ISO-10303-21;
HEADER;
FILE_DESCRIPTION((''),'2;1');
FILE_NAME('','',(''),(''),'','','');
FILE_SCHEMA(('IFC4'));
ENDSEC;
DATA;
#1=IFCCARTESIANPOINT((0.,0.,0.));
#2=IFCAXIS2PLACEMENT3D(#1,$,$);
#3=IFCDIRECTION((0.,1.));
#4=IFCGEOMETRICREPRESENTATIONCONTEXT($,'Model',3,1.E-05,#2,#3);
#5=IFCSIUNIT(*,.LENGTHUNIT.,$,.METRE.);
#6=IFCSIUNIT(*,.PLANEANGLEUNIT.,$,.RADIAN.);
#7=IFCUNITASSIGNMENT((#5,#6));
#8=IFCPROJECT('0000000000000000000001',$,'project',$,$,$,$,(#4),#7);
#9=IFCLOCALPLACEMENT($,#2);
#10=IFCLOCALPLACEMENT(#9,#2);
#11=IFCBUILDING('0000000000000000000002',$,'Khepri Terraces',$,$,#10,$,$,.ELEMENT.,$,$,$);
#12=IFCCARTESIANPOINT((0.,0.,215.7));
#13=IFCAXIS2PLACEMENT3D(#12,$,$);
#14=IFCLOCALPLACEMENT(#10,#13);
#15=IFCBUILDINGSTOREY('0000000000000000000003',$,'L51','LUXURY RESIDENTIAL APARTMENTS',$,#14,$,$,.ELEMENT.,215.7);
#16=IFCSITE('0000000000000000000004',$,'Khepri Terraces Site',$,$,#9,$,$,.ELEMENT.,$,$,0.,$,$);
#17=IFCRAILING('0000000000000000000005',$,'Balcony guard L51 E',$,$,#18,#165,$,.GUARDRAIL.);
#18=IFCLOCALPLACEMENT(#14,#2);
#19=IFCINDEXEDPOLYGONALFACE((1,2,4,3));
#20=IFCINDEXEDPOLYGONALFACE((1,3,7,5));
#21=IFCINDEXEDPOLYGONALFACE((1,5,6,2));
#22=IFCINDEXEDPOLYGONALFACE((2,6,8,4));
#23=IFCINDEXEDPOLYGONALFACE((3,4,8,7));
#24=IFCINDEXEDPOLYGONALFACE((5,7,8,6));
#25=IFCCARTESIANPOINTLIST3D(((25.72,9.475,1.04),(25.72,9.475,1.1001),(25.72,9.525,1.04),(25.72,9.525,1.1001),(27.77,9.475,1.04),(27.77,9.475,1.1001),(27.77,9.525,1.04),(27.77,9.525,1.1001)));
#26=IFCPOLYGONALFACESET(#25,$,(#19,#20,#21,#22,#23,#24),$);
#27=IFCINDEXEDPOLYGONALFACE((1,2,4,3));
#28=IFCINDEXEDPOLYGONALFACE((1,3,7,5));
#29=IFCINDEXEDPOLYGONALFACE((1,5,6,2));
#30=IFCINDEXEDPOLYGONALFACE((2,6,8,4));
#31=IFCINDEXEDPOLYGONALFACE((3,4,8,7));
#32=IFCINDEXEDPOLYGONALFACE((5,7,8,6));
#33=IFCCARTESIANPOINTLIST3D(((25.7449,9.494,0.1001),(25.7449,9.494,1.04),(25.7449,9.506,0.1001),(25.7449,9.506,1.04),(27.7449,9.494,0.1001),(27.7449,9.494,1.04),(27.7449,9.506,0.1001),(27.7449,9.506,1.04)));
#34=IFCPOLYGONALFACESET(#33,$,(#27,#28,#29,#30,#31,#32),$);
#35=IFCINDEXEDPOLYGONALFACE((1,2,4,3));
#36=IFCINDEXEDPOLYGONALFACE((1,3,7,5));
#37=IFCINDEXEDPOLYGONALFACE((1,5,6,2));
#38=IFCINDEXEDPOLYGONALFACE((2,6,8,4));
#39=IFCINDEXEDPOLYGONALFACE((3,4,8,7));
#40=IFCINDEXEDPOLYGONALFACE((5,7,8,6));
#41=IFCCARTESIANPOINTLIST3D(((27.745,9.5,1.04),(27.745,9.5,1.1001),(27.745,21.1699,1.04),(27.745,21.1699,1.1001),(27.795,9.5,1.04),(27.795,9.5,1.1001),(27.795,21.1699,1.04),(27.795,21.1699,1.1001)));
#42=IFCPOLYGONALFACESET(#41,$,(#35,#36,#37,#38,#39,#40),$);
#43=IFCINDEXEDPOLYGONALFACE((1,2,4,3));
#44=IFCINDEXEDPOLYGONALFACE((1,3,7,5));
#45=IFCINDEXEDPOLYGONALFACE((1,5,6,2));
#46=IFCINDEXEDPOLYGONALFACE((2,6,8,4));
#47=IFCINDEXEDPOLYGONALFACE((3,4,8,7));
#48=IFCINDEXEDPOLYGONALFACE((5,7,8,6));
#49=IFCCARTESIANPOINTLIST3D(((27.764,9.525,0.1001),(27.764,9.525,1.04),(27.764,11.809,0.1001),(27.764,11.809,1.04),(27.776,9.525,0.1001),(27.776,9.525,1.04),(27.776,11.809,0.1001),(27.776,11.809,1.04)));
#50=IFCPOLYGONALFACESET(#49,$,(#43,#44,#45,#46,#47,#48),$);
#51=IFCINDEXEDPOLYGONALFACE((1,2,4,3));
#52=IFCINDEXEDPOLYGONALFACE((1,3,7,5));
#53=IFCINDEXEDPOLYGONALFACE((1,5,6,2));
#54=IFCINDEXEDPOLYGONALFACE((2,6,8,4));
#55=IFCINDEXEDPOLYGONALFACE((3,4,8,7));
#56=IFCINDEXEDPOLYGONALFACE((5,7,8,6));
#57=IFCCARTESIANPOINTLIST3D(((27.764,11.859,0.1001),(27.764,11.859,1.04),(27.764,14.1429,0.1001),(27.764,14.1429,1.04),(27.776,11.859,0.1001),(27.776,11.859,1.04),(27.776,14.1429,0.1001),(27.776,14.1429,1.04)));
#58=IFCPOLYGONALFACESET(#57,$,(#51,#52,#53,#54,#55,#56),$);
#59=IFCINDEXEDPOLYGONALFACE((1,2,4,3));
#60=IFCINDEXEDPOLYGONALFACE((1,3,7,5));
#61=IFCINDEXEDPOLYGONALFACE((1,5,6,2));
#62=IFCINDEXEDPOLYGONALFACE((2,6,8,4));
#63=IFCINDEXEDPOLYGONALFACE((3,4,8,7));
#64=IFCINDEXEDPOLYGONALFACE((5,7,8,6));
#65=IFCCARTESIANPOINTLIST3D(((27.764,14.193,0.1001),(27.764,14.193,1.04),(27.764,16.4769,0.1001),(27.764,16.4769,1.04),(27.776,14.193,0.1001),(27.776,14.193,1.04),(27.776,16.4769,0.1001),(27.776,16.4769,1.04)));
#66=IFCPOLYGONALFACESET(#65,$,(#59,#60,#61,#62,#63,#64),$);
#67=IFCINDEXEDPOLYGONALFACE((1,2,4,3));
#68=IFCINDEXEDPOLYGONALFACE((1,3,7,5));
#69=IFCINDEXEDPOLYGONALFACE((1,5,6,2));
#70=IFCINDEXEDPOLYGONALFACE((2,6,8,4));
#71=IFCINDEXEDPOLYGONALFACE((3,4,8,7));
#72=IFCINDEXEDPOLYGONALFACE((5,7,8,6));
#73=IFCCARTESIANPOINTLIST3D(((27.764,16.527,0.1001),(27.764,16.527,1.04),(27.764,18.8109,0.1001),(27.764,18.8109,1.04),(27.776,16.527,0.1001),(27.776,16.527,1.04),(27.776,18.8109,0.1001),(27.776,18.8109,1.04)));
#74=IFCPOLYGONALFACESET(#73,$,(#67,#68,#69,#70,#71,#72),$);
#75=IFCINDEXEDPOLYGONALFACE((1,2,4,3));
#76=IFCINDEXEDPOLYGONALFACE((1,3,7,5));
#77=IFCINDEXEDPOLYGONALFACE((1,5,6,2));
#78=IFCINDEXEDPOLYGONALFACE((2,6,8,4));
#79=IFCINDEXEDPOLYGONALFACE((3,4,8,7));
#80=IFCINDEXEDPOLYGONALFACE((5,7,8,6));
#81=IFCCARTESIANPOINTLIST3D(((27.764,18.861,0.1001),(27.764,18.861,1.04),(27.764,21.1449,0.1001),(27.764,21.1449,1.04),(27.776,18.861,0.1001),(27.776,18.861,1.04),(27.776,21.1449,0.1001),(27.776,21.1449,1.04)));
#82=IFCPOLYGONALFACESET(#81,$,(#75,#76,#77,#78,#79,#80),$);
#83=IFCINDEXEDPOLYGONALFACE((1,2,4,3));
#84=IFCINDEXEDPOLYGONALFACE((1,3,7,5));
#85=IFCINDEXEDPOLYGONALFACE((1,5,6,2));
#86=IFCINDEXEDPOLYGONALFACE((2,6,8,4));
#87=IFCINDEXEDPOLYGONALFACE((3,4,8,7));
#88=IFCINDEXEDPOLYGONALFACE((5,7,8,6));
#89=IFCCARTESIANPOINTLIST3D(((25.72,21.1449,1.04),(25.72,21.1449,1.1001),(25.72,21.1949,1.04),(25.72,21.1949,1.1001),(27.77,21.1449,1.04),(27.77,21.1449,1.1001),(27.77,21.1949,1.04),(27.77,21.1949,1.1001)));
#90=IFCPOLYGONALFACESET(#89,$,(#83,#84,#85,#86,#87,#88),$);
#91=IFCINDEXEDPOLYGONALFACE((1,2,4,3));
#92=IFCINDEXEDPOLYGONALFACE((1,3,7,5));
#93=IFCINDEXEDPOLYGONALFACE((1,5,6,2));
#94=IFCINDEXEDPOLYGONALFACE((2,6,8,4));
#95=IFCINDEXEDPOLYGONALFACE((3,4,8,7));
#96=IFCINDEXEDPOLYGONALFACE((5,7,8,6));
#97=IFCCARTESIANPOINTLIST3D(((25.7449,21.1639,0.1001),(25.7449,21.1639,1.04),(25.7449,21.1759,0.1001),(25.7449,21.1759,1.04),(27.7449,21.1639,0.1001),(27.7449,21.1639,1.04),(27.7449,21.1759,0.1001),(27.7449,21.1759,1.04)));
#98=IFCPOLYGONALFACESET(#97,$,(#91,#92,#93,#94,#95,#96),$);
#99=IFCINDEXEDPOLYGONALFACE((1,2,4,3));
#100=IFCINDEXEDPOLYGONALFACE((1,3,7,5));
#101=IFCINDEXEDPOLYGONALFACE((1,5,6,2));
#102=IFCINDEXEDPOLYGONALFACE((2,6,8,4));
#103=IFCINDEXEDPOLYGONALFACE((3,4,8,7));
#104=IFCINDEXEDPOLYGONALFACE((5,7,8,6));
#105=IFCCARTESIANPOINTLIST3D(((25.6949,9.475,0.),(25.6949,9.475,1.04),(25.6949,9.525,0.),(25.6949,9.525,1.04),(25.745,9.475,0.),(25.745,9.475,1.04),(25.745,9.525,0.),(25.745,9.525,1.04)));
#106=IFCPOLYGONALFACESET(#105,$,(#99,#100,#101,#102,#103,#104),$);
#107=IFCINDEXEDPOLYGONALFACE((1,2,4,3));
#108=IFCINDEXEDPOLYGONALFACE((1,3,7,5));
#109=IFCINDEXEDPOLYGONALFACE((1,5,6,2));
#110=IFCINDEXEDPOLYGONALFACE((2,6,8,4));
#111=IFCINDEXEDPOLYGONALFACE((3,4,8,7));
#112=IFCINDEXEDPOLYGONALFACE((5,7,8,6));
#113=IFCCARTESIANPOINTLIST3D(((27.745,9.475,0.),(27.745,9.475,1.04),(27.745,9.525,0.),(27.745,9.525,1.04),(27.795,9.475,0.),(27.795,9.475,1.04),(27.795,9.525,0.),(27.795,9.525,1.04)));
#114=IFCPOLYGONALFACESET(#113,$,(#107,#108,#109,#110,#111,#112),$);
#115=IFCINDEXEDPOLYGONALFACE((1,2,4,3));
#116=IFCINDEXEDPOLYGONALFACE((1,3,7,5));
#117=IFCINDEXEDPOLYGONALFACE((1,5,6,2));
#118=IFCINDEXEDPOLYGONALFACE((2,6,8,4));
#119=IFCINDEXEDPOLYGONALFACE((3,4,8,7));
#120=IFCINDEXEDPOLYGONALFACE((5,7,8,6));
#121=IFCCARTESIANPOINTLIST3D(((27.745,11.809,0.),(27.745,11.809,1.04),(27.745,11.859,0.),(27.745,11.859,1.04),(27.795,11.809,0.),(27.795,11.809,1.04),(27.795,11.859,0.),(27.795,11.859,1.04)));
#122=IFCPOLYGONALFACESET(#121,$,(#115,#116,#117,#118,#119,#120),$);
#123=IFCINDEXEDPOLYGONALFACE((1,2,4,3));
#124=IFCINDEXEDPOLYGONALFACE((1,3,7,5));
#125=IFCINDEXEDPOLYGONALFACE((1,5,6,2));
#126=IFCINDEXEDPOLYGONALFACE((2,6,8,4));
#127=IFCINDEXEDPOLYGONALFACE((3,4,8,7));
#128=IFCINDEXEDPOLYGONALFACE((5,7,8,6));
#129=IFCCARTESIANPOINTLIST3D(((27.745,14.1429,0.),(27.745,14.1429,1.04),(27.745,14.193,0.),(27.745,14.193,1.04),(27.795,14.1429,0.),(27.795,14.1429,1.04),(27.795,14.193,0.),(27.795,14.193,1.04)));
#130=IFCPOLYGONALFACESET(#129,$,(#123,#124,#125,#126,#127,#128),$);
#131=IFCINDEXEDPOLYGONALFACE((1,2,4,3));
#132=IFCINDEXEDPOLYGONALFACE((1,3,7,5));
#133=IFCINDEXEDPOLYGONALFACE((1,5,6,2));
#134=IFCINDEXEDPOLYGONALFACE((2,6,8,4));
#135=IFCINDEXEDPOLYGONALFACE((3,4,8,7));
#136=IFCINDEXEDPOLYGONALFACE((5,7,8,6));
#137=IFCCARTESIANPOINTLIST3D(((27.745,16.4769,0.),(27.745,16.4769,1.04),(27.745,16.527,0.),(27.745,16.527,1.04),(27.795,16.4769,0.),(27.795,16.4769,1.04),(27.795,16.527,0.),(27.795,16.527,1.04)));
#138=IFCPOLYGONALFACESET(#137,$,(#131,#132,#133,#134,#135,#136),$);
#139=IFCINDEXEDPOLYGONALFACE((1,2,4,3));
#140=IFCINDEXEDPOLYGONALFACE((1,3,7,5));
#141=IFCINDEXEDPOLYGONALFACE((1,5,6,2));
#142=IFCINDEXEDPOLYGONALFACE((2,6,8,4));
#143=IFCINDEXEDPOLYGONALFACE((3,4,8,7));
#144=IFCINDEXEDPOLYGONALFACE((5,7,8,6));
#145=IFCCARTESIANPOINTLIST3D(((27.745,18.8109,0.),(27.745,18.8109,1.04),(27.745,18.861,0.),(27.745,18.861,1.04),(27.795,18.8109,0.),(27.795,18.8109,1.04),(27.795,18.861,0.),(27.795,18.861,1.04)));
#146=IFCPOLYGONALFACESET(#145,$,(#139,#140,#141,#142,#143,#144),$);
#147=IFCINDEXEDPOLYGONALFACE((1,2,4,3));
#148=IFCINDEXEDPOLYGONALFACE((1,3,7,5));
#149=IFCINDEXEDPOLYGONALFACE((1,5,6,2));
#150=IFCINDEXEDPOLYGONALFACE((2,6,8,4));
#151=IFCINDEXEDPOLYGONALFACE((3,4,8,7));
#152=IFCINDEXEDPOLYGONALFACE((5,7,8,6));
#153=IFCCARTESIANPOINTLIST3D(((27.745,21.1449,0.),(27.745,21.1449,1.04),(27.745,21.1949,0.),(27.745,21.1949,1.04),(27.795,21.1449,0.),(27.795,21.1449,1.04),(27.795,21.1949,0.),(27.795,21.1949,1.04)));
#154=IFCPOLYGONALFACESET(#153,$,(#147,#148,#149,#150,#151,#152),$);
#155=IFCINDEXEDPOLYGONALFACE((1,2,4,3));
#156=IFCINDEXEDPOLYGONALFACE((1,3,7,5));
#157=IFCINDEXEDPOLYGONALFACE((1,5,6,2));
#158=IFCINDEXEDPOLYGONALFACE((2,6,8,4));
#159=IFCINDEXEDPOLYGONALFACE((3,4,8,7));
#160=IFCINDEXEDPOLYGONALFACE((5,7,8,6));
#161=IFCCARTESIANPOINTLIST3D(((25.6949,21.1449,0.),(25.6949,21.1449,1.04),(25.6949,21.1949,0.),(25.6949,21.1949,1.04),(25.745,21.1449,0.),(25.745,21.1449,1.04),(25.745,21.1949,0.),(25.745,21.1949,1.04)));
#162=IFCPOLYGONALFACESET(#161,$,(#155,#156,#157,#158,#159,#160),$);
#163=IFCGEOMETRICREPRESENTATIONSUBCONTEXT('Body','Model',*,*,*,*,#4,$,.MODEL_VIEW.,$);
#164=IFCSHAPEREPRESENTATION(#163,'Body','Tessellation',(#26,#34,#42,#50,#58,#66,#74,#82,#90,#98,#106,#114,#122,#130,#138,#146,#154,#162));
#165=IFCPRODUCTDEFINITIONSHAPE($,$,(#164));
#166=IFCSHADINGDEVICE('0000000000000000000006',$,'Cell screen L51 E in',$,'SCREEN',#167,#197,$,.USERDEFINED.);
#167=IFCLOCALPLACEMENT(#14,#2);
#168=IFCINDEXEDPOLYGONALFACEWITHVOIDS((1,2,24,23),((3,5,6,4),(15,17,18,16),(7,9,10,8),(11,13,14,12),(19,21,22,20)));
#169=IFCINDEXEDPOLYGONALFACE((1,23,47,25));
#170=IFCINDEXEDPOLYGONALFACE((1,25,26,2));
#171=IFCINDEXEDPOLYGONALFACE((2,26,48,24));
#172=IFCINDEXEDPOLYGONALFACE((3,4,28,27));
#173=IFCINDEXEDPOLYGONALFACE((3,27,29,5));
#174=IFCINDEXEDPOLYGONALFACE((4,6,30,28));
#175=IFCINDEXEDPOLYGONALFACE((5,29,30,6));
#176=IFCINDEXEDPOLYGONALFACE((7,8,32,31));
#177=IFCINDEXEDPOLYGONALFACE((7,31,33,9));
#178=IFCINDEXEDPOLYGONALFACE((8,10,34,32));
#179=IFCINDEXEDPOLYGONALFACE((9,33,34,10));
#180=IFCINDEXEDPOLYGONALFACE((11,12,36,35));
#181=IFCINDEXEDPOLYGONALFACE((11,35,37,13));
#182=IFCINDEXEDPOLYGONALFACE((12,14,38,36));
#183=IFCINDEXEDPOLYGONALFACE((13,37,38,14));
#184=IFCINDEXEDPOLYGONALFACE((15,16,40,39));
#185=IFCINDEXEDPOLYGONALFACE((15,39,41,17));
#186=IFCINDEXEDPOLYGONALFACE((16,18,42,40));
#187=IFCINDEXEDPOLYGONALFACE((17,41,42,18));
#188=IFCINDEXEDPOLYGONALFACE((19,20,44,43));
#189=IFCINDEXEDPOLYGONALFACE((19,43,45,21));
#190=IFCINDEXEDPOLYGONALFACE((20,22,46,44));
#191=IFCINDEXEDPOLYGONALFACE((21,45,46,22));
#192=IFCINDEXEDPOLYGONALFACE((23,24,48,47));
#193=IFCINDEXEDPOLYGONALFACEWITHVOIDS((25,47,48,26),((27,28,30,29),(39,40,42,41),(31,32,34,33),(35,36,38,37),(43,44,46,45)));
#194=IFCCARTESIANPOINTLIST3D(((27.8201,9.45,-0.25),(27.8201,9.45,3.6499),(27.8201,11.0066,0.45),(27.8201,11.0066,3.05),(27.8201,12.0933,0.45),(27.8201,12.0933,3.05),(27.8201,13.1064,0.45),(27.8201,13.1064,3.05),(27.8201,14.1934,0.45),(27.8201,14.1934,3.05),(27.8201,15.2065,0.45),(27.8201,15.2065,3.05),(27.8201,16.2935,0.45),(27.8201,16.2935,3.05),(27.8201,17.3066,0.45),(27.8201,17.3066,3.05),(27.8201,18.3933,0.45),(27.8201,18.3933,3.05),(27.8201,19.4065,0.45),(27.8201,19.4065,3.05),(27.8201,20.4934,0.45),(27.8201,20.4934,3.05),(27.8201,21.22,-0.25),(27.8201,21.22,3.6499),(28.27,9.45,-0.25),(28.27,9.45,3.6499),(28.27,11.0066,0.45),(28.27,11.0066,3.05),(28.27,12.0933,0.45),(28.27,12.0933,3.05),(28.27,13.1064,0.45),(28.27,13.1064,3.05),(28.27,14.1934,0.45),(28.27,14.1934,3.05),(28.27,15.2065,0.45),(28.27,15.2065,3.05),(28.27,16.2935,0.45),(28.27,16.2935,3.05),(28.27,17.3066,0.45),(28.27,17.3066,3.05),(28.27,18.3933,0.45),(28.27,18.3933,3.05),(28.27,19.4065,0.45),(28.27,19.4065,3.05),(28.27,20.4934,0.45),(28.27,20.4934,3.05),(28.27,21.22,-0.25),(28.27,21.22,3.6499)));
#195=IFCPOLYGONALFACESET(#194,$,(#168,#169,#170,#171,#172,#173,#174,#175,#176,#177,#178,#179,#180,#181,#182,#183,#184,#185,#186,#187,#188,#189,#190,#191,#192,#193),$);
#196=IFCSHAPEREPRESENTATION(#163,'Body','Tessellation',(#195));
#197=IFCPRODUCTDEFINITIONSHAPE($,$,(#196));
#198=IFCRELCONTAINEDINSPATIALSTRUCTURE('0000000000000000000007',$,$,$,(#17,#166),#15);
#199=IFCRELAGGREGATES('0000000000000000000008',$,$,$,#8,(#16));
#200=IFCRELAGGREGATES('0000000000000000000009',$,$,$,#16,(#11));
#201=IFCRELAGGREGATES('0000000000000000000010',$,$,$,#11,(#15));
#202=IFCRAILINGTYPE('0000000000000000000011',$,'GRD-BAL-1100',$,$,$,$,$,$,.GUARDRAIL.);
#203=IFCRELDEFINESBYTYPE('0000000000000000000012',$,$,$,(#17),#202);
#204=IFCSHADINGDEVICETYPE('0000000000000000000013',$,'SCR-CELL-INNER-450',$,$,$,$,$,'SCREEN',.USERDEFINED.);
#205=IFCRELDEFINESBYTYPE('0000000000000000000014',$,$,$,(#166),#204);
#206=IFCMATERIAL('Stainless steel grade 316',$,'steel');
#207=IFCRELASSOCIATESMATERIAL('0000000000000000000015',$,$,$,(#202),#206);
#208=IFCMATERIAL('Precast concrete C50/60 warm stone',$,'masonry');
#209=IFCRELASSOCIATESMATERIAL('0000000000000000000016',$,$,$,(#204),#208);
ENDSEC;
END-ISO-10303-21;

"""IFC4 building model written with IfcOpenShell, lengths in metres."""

from ifc_helpers import new_model, si_unit, direction, frame, origin, origin_2d, place, context, subcontext, project, spatial, polyline, rectangle, outline, extrude, material, type_object, element, save


model = new_model("IFC4")

# Units and contexts
model_context = context("Model", 3, precision=1e-05, world=origin(), true_north=direction((0.0, 1.0)))
body_context = subcontext(model_context, "Body", "Model", "MODEL_VIEW")
ifc_project = project(units=[si_unit("LENGTHUNIT", "METRE"), si_unit("PLANEANGLEUNIT", "RADIAN")], contexts=[model_context])

# Site, building, storey
site_placement = place(None, origin())
site = spatial("IfcSite", under=ifc_project, at=site_placement, Name="Khepri Terraces Site", CompositionType="ELEMENT", RefElevation=0.0)
building_placement = place(site_placement, origin())
building = spatial("IfcBuilding", under=site, at=building_placement, Name="Khepri Terraces", CompositionType="ELEMENT")
storey_placement = place(building_placement, frame((0.0, 0.0, 215.7)))
storey = spatial("IfcBuildingStorey", under=building, at=storey_placement, Name="L51", Description="LUXURY RESIDENTIAL APARTMENTS", CompositionType="ELEMENT", Elevation=215.7)

# Shared definitions
ifc_material_1 = material(Name="Precast concrete C50/60 warm stone", Category="masonry")

# Railing
ifc_material_2 = material(Name="Stainless steel grade 316", Category="steel")
railing_type = type_object("IfcRailingType", Name="GRD-BAL-1100", PredefinedType="GUARDRAIL", material=ifc_material_2)
railing_placement = place(storey_placement, frame((25.72, 9.5, 0.0)))
element("IfcRailing", 1, at=railing_placement, inside=storey, type_object=railing_type, Name="Balcony guard L51 E", PredefinedType="GUARDRAIL", context=body_context, shape_type="SweptSolid", body=[
    extrude(rectangle(XDim=0.05, YDim=0.0601, at=origin_2d()), frame((0.0, 0.0, 1.0701), z_axis=(1.0, 0.0, 0.0), x_axis=(0.0, 1.0, 0.0)), (0.0, 0.0, 1.0), 2.05),
    extrude(rectangle(XDim=2.0, YDim=0.012, at=origin_2d()), frame((1.0249, 0.0, 0.1001), z_axis=(0.0, 0.0, 1.0), x_axis=(1.0, 0.0, 0.0)), (0.0, 0.0, 1.0), 0.9399),
    extrude(rectangle(XDim=0.05, YDim=0.0601, at=origin_2d()), frame((2.05, 0.0, 1.0701), z_axis=(0.0, 1.0, 0.0), x_axis=(-1.0, 0.0, 0.0)), (0.0, 0.0, 1.0), 11.6699),
    extrude(rectangle(XDim=2.2839, YDim=0.012, at=origin_2d()), frame((2.05, 1.167, 0.1001), z_axis=(0.0, 0.0, 1.0), x_axis=(0.0, 1.0, 0.0)), (0.0, 0.0, 1.0), 0.9399),
    extrude(rectangle(XDim=2.2839, YDim=0.012, at=origin_2d()), frame((2.05, 3.501, 0.1001), z_axis=(0.0, 0.0, 1.0), x_axis=(0.0, 1.0, 0.0)), (0.0, 0.0, 1.0), 0.9399),
    extrude(rectangle(XDim=2.2839, YDim=0.012, at=origin_2d()), frame((2.05, 5.835, 0.1001), z_axis=(0.0, 0.0, 1.0), x_axis=(0.0, 1.0, 0.0)), (0.0, 0.0, 1.0), 0.9399),
    extrude(rectangle(XDim=2.2839, YDim=0.012, at=origin_2d()), frame((2.05, 8.1689, 0.1001), z_axis=(0.0, 0.0, 1.0), x_axis=(0.0, 1.0, 0.0)), (0.0, 0.0, 1.0), 0.9399),
    extrude(rectangle(XDim=2.2839, YDim=0.012, at=origin_2d()), frame((2.05, 10.5029, 0.1001), z_axis=(0.0, 0.0, 1.0), x_axis=(0.0, 1.0, 0.0)), (0.0, 0.0, 1.0), 0.9399),
    extrude(rectangle(XDim=0.05, YDim=0.0601, at=origin_2d()), frame((2.05, 11.6699, 1.0701), z_axis=(-1.0, 0.0, 0.0), x_axis=(0.0, -1.0, 0.0)), (0.0, 0.0, 1.0), 2.05),
    extrude(rectangle(XDim=2.0, YDim=0.012, at=origin_2d()), frame((1.0249, 11.6699, 0.1001), z_axis=(0.0, 0.0, 1.0), x_axis=(-1.0, 0.0, 0.0)), (0.0, 0.0, 1.0), 0.9399),
    extrude(rectangle(XDim=0.05, YDim=0.05, at=origin_2d()), origin(), (0.0, 0.0, 1.0), 1.04),
    extrude(rectangle(XDim=0.05, YDim=0.05, at=origin_2d()), frame((2.05, 0.0, 0.0)), (0.0, 0.0, 1.0), 1.04),
    extrude(rectangle(XDim=0.05, YDim=0.05, at=origin_2d()), frame((2.05, 2.334, 0.0)), (0.0, 0.0, 1.0), 1.04),
    extrude(rectangle(XDim=0.05, YDim=0.05, at=origin_2d()), frame((2.05, 4.668, 0.0)), (0.0, 0.0, 1.0), 1.04),
    extrude(rectangle(XDim=0.05, YDim=0.05, at=origin_2d()), frame((2.05, 7.002, 0.0)), (0.0, 0.0, 1.0), 1.04),
    extrude(rectangle(XDim=0.05, YDim=0.05, at=origin_2d()), frame((2.05, 9.3359, 0.0)), (0.0, 0.0, 1.0), 1.04),
    extrude(rectangle(XDim=0.05, YDim=0.05, at=origin_2d()), frame((2.05, 11.6699, 0.0)), (0.0, 0.0, 1.0), 1.04),
    extrude(rectangle(XDim=0.05, YDim=0.05, at=origin_2d()), frame((0.0, 11.6699, 0.0)), (0.0, 0.0, 1.0), 1.04),
])

# Shading device
shading_device_type_1 = type_object("IfcShadingDeviceType", Name="SCR-CELL-INNER-450", ElementType="SCREEN", PredefinedType="USERDEFINED", material=ifc_material_1)
shading_device_1_placement = place(storey_placement, frame((27.8201, 9.45, -0.25), z_axis=(1.0, 0.0, 0.0), x_axis=(0.0, 1.0, 0.0)))
element("IfcShadingDevice", 2, at=shading_device_1_placement, inside=storey, type_object=shading_device_type_1, Name="Cell screen L51 E in", ObjectType="SCREEN", PredefinedType="USERDEFINED", context=body_context, shape_type="SweptSolid", body=[
    extrude(outline(polyline([(0.0, 0.0), (11.77, 0.0), (11.77, 3.8999), (0.0, 3.8999), (0.0, 0.0)]), holes=[polyline([(1.5566, 0.7), (2.6433, 0.7), (2.6433, 3.3), (1.5566, 3.3), (1.5566, 0.7)]), polyline([(3.6565, 0.7), (4.7434, 0.7), (4.7434, 3.3), (3.6565, 3.3), (3.6565, 0.7)]), polyline([(5.7566, 0.7), (6.8435, 0.7), (6.8435, 3.3), (5.7566, 3.3), (5.7566, 0.7)]), polyline([(7.8567, 0.7), (8.9434, 0.7), (8.9434, 3.3), (7.8567, 3.3), (7.8567, 0.7)]), polyline([(9.9565, 0.7), (11.0435, 0.7), (11.0435, 3.3), (9.9565, 3.3), (9.9565, 0.7)])]), origin(), (0.0, 0.0, 1.0), 0.45),
])

save(model, "model.ifc")
